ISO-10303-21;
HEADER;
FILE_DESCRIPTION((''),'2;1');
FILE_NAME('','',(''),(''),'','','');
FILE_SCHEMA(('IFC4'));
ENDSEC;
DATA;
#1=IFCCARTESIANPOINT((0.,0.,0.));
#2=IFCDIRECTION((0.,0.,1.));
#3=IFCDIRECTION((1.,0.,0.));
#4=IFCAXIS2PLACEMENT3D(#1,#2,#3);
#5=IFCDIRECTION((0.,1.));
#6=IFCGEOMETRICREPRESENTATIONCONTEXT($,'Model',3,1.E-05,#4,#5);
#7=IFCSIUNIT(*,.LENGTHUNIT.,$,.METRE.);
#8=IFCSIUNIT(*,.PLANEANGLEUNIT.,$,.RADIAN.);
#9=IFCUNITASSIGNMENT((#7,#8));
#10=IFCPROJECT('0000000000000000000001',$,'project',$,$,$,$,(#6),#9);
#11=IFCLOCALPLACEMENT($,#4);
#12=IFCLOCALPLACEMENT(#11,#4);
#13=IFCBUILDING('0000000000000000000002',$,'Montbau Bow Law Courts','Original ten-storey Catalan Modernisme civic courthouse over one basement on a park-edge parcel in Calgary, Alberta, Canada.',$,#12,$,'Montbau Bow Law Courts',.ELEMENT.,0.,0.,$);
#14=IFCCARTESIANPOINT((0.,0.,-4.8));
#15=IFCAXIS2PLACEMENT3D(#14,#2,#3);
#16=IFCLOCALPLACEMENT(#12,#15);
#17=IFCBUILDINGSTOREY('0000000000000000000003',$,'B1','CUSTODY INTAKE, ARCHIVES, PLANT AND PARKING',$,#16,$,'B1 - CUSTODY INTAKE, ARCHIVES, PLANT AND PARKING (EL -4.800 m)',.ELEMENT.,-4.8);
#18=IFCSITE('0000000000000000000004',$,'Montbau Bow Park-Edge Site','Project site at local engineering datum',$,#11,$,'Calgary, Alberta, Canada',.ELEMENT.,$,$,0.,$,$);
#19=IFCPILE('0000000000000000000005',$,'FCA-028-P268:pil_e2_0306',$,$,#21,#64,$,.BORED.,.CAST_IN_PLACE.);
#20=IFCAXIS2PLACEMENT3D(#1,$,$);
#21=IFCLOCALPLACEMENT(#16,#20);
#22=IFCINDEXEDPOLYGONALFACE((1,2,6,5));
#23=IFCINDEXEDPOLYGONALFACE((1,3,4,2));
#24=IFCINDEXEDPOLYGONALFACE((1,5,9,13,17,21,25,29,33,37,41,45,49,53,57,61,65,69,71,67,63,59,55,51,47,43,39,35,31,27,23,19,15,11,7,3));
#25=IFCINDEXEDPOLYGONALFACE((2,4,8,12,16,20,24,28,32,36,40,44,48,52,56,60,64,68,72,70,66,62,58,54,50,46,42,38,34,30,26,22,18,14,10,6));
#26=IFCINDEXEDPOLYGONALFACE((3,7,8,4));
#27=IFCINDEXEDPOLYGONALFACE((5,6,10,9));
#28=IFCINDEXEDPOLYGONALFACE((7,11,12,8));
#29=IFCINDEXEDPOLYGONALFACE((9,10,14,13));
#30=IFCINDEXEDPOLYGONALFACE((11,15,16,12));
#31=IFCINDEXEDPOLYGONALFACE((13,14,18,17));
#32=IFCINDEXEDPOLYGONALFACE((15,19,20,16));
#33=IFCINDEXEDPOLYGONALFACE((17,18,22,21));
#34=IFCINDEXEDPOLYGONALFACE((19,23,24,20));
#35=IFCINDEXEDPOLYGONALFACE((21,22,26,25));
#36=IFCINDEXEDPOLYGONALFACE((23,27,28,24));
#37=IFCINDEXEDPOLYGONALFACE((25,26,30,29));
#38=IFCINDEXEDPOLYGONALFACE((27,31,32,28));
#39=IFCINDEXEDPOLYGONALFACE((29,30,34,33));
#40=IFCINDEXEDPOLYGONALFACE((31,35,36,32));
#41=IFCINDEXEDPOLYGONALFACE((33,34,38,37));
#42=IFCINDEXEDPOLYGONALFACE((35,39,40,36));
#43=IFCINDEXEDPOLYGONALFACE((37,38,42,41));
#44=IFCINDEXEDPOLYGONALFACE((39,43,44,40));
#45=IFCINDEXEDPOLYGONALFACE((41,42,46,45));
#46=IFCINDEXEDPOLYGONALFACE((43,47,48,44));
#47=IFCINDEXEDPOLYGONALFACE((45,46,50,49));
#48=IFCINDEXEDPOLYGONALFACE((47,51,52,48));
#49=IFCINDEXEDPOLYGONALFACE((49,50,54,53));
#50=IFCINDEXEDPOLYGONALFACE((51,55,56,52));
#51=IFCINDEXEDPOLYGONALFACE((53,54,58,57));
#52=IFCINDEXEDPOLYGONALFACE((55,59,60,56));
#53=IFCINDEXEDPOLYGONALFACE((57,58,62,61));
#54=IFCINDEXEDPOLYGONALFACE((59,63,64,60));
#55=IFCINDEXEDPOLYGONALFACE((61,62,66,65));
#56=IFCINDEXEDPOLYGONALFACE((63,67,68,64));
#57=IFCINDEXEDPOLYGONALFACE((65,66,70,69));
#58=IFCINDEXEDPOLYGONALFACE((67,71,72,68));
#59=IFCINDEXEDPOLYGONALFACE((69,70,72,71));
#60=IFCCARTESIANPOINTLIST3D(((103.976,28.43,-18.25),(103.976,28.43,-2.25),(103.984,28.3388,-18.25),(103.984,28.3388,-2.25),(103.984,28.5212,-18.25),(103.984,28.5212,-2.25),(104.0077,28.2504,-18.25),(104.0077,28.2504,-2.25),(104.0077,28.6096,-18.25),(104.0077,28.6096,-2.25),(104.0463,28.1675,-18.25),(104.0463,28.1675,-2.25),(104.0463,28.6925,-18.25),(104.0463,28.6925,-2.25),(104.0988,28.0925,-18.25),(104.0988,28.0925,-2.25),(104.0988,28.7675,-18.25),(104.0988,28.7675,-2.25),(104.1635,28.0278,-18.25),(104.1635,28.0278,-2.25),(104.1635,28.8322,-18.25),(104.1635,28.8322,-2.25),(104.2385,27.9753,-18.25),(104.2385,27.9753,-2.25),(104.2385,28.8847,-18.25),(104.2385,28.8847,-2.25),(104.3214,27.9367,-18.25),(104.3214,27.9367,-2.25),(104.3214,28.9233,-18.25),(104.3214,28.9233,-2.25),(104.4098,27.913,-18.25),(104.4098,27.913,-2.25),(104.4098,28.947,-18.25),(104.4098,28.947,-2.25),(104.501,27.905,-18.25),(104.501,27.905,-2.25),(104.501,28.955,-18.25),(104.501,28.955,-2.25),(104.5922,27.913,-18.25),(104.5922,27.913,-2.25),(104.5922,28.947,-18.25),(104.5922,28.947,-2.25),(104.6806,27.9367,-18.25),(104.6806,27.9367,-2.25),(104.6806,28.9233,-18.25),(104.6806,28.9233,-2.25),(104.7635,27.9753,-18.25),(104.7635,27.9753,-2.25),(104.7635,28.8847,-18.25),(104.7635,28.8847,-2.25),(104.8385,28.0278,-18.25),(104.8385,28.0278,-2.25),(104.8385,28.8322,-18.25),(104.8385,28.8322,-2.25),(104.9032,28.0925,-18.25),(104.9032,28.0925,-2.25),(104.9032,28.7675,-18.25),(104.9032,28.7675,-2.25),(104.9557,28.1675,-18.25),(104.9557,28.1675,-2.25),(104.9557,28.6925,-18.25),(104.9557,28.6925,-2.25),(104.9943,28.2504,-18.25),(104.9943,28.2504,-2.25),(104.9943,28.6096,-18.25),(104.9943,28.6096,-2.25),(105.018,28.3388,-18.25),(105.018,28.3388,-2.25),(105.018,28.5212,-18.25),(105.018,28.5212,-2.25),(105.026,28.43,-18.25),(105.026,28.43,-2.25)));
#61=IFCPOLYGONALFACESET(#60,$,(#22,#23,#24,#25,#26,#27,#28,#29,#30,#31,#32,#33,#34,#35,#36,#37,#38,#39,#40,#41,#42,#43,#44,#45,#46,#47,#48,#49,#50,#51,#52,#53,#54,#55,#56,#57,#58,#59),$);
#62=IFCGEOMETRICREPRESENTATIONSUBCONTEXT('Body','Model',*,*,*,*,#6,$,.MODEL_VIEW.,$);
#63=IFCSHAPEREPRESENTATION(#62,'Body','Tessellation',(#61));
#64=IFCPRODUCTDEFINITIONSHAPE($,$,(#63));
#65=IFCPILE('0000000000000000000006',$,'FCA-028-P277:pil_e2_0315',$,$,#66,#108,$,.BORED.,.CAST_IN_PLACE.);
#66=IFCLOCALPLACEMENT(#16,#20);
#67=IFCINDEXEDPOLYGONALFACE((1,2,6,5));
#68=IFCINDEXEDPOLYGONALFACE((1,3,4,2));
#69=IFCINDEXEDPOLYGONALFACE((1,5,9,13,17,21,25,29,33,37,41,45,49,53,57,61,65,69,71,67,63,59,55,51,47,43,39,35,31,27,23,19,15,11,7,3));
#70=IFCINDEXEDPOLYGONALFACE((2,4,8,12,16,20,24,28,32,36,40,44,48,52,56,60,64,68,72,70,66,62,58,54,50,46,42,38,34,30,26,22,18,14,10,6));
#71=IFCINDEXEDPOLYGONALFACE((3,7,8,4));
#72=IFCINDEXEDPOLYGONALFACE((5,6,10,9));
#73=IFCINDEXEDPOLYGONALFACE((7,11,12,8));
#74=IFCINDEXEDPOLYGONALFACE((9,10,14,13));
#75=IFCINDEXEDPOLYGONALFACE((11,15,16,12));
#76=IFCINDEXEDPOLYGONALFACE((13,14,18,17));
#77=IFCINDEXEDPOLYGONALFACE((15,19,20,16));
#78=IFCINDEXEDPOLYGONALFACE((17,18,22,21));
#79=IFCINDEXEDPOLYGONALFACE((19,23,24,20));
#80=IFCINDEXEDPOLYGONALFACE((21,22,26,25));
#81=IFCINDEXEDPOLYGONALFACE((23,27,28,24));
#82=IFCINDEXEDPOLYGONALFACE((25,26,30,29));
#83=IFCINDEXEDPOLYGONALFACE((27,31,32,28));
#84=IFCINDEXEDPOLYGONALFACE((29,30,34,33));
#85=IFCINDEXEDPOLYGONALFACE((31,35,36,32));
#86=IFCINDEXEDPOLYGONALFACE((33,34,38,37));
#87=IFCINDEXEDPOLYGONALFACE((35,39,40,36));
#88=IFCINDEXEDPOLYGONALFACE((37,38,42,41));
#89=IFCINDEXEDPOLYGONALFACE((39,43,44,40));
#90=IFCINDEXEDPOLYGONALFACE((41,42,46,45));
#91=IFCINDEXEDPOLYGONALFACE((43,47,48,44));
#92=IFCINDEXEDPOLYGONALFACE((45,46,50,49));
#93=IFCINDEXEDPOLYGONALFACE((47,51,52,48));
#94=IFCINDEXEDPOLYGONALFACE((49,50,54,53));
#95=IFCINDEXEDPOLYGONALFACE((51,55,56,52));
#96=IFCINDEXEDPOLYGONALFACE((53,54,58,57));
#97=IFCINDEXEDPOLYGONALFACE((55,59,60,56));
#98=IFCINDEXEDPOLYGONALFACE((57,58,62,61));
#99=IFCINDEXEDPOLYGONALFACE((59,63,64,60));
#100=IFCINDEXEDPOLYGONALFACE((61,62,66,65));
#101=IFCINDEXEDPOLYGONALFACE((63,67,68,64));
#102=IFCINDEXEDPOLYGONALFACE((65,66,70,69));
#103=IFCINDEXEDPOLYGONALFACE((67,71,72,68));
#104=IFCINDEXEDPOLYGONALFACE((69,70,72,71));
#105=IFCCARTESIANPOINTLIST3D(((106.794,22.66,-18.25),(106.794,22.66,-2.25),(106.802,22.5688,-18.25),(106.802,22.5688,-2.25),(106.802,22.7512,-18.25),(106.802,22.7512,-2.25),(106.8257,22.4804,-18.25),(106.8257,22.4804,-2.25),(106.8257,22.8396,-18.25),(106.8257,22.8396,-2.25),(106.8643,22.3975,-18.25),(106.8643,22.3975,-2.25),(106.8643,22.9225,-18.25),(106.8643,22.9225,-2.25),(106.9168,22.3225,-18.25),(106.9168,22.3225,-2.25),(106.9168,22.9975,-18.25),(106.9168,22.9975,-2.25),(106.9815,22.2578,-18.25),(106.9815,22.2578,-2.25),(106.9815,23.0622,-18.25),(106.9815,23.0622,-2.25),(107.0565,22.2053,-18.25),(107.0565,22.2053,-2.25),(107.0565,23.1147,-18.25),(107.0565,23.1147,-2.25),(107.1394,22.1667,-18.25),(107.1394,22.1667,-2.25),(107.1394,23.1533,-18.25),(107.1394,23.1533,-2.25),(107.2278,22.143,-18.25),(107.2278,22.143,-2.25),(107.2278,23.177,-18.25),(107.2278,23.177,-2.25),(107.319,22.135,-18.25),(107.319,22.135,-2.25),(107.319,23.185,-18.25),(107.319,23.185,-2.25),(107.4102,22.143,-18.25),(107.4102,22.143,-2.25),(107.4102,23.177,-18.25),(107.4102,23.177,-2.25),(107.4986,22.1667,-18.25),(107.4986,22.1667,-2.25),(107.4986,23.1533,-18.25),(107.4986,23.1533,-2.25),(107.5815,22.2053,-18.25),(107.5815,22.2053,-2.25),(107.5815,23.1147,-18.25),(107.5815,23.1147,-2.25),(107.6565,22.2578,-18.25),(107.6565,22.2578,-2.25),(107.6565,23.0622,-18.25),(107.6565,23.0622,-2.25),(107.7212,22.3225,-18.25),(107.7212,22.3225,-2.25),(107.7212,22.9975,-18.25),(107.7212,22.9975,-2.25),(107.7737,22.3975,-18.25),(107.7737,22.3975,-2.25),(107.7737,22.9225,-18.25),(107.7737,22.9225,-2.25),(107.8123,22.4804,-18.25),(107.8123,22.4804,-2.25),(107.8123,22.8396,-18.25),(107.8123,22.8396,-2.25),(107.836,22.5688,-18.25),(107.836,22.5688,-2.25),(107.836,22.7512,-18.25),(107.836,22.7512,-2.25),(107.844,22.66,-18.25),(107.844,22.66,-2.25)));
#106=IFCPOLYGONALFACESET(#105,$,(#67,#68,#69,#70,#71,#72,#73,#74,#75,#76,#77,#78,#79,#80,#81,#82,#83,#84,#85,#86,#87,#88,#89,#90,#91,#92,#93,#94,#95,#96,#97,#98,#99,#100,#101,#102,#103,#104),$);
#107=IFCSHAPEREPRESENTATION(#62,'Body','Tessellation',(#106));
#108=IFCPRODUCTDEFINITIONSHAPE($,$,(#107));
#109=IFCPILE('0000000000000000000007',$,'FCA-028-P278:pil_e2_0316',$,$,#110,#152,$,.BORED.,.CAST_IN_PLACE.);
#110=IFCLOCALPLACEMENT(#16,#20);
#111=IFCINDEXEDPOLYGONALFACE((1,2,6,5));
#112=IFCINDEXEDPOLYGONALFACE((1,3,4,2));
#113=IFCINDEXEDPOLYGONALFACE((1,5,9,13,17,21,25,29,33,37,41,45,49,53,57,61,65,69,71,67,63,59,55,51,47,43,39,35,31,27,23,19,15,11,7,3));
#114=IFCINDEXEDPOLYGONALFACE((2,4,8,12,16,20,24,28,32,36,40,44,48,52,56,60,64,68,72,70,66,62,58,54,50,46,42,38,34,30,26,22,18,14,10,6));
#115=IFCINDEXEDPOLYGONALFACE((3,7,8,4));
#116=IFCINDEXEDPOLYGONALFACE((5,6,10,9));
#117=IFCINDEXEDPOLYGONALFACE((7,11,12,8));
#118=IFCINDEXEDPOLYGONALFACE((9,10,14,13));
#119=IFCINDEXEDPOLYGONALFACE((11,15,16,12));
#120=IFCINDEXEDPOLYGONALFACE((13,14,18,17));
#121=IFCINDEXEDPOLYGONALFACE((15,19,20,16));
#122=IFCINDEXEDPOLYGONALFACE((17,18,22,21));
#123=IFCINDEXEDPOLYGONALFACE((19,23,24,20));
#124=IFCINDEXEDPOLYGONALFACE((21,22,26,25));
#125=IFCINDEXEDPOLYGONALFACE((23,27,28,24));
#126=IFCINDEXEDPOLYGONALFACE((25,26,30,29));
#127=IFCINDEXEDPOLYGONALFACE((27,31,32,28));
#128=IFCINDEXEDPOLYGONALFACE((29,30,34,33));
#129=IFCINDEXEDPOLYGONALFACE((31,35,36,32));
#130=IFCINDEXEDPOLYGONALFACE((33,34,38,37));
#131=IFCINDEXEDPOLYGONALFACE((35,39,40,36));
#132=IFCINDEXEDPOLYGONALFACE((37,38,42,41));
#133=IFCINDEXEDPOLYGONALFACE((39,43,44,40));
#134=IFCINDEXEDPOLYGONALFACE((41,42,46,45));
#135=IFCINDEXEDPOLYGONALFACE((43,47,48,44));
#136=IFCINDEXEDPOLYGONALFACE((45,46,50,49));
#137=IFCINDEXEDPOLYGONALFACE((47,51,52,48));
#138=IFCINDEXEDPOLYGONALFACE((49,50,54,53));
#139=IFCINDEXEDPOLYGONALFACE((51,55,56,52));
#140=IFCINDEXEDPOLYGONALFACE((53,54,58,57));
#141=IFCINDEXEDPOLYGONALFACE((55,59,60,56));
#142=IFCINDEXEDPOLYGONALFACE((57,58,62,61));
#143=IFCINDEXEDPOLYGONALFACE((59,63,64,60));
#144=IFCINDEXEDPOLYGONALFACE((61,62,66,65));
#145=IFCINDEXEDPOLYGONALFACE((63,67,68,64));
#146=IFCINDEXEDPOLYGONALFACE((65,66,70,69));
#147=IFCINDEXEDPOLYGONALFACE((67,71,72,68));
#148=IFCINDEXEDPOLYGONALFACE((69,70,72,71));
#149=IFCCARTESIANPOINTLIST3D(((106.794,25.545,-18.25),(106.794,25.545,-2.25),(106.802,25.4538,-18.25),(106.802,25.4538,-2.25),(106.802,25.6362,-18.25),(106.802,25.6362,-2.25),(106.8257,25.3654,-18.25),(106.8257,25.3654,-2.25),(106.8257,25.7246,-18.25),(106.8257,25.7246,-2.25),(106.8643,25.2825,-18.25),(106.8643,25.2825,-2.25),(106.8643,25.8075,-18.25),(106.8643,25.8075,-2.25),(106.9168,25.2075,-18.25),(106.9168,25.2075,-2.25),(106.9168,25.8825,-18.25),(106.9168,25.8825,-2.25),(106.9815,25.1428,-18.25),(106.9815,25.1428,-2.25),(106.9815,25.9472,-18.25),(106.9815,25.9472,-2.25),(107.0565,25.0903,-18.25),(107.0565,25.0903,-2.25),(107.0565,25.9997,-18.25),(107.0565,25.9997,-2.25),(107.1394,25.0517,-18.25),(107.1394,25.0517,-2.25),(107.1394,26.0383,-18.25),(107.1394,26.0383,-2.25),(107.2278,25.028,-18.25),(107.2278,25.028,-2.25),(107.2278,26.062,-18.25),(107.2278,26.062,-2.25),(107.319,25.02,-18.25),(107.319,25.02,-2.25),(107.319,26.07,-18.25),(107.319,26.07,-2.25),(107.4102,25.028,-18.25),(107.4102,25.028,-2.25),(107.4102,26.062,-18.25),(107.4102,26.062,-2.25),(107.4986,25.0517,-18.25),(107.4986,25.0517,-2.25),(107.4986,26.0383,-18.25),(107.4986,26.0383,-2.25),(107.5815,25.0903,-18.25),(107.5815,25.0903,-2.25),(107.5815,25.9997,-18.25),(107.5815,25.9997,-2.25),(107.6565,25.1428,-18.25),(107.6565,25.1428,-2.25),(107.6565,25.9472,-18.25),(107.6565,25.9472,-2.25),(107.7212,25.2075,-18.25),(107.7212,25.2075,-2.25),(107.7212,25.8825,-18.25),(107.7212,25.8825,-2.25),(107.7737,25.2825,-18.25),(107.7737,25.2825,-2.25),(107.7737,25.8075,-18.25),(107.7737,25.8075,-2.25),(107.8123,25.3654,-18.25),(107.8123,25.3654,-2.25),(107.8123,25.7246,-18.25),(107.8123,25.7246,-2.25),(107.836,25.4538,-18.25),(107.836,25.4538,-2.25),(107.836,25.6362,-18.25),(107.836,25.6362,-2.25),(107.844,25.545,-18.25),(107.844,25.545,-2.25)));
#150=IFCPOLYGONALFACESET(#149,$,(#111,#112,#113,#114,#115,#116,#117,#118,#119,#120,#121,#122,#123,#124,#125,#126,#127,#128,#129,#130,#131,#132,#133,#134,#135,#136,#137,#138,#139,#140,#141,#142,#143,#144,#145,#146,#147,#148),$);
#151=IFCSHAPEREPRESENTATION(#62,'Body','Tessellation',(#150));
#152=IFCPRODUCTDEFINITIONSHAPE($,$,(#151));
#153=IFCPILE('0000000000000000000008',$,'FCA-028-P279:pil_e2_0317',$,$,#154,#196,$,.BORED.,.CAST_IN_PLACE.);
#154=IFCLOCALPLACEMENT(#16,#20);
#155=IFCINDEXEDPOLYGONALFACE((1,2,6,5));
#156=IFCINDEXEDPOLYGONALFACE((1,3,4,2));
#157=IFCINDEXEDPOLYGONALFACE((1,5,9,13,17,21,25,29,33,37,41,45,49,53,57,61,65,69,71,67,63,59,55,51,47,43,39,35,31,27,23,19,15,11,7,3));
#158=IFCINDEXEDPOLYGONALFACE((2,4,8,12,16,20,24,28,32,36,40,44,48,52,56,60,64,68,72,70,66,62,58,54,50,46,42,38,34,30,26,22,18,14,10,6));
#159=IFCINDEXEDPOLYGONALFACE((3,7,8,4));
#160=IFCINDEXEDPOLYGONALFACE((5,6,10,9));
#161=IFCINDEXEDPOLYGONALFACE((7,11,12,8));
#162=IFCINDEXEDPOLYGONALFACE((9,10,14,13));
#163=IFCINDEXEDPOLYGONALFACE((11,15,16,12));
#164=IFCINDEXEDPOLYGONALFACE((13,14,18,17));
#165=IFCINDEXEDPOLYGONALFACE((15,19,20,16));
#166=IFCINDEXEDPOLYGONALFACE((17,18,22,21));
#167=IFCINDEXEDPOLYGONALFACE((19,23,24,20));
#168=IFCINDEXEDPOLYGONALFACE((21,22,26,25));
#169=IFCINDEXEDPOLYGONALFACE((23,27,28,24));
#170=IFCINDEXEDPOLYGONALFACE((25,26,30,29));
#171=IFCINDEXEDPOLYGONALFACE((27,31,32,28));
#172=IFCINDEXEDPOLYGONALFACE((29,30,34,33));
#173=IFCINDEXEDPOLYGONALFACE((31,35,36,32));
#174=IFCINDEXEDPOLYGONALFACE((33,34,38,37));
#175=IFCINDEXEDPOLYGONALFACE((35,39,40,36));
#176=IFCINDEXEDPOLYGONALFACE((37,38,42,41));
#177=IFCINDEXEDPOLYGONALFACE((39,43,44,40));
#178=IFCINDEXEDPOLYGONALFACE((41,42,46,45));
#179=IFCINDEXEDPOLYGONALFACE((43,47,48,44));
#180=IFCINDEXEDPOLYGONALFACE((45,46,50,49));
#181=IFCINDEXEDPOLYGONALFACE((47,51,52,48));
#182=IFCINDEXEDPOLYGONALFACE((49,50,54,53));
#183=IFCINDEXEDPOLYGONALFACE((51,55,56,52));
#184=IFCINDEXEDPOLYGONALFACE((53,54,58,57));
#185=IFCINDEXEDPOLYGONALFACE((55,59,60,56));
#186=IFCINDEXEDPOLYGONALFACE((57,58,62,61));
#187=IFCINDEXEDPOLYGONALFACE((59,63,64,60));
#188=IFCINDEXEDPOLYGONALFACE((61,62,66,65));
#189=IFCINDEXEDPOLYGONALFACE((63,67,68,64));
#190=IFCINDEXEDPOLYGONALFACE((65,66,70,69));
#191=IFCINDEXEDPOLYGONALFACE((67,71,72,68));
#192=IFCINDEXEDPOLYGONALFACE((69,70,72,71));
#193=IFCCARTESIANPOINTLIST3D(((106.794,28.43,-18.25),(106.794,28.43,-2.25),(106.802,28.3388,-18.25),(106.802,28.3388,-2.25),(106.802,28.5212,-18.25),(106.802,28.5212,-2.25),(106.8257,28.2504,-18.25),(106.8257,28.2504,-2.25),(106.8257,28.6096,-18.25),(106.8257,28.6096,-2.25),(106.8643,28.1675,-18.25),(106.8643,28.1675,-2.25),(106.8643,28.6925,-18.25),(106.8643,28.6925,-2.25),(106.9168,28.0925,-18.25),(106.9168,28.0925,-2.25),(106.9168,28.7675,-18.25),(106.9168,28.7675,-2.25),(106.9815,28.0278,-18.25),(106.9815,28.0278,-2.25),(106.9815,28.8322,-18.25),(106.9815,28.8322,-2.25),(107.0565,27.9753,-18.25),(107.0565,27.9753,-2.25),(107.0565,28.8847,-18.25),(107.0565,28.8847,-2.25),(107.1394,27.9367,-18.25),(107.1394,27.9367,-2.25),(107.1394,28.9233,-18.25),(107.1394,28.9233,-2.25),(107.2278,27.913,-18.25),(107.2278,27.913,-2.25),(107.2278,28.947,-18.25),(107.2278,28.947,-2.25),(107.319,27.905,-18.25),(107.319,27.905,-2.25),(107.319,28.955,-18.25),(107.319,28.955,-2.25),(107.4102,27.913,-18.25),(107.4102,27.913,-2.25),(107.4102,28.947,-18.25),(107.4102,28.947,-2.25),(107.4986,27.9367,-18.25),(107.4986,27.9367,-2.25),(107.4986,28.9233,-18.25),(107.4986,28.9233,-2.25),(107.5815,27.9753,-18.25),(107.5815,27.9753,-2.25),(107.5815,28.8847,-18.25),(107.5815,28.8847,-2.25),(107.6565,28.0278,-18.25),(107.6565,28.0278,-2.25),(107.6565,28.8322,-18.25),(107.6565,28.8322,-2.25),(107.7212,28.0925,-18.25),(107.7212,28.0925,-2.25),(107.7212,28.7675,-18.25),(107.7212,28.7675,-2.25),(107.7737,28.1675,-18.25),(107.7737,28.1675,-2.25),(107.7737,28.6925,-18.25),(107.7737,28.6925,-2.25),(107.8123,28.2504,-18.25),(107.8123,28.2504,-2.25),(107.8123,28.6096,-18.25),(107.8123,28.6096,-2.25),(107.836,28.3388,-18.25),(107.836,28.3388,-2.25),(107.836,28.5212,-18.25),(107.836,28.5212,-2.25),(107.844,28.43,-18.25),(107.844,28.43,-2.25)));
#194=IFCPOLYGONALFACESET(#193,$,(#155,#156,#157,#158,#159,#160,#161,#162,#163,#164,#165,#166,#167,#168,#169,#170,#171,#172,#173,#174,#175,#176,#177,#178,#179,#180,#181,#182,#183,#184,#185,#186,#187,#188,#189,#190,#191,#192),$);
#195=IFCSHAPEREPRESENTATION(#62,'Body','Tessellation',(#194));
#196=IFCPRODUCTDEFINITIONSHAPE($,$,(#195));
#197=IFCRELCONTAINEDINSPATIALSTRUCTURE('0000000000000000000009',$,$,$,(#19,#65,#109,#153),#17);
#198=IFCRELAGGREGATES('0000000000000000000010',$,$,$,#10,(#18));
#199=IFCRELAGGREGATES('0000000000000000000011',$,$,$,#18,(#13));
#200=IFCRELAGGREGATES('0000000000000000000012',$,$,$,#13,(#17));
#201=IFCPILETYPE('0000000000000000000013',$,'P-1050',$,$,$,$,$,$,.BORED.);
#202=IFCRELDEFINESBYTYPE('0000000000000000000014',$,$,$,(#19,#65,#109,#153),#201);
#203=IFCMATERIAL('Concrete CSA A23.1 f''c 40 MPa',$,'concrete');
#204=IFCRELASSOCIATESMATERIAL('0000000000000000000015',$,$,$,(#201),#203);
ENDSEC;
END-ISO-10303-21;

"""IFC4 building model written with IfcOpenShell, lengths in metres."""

from ifc_helpers import new_model, si_unit, direction, frame, origin_with_axes, origin_2d_with_axis, place, context, subcontext, project, spatial, circle, extrude, material, material_profile, profile_set, type_object, element, save


model = new_model("IFC4")

# Units and contexts
model_context = context("Model", 3, precision=1e-05, world=origin_with_axes(), true_north=direction((0.0, 1.0)))
body_context = subcontext(model_context, "Body", "Model", "MODEL_VIEW")
ifc_project = project(units=[si_unit("LENGTHUNIT", "METRE"), si_unit("PLANEANGLEUNIT", "RADIAN")], contexts=[model_context])

# Site, building, storey
site_placement = place(None, origin_with_axes())
site = spatial("IfcSite", under=ifc_project, at=site_placement, Name="Montbau Bow Park-Edge Site", Description="Project site at local engineering datum", LongName="Calgary, Alberta, Canada", CompositionType="ELEMENT", RefElevation=0.0)
building_placement = place(site_placement, origin_with_axes())
building = spatial("IfcBuilding", under=site, at=building_placement, Name="Montbau Bow Law Courts", Description="Original ten-storey Catalan Modernisme civic courthouse over one basement on a park-edge parcel in Calgary, Alberta, Canada.", LongName="Montbau Bow Law Courts", CompositionType="ELEMENT", ElevationOfRefHeight=0.0, ElevationOfTerrain=0.0)
storey_placement = place(building_placement, frame((0.0, 0.0, -4.8), z_axis=(0.0, 0.0, 1.0), x_axis=(1.0, 0.0, 0.0)))
storey = spatial("IfcBuildingStorey", under=building, at=storey_placement, Name="B1", Description="CUSTODY INTAKE, ARCHIVES, PLANT AND PARKING", LongName="B1 - CUSTODY INTAKE, ARCHIVES, PLANT AND PARKING (EL -4.800 m)", CompositionType="ELEMENT", Elevation=-4.8)

# Piles
ifc_material_1 = material(Name="Concrete CSA A23.1 f'c 40 MPa", Category="concrete")
ifc_material_profile_1 = material_profile(ifc_material_1, circle(Radius=0.525, at=origin_2d_with_axis()), Name="BP1050", Category="Main", Priority=0)
ifc_profile_set_1 = profile_set([ifc_material_profile_1], Name="Concrete CSA A23.1 f'c 40 MPa")
pile_type = type_object("IfcPileType", Name="P-1050", PredefinedType="BORED", material=ifc_profile_set_1)
for number, where, z_axis, x_axis, name in (
    (1, (104.501, 28.43, -23.05), (0.0, 0.0, 1.0), (1.0, 0.0, 0.0), "FCA-028-P268:pil_e2_0306"),
    (2, (107.319, 22.66, -23.05), (0.0, 0.0, 1.0), (1.0, 0.0, 0.0), "FCA-028-P277:pil_e2_0315"),
    (3, (107.319, 25.545, -23.05), (0.0, 0.0, 1.0), (1.0, 0.0, 0.0), "FCA-028-P278:pil_e2_0316"),
    (4, (107.319, 28.43, -23.05), (0.0, 0.0, 1.0), (1.0, 0.0, 0.0), "FCA-028-P279:pil_e2_0317"),
):
    element("IfcPile", number, at=place(None, frame(where, z_axis=z_axis, x_axis=x_axis)), inside=storey, type_object=pile_type, Name=name, ConstructionType="CAST_IN_PLACE", PredefinedType="BORED", context=body_context, shape_type="SweptSolid", body=[
        extrude(circle(Radius=0.525, at=origin_2d_with_axis()), origin_with_axes(), (0.0, 0.0, 1.0), 16.0),
    ])

save(model, "model.ifc")
